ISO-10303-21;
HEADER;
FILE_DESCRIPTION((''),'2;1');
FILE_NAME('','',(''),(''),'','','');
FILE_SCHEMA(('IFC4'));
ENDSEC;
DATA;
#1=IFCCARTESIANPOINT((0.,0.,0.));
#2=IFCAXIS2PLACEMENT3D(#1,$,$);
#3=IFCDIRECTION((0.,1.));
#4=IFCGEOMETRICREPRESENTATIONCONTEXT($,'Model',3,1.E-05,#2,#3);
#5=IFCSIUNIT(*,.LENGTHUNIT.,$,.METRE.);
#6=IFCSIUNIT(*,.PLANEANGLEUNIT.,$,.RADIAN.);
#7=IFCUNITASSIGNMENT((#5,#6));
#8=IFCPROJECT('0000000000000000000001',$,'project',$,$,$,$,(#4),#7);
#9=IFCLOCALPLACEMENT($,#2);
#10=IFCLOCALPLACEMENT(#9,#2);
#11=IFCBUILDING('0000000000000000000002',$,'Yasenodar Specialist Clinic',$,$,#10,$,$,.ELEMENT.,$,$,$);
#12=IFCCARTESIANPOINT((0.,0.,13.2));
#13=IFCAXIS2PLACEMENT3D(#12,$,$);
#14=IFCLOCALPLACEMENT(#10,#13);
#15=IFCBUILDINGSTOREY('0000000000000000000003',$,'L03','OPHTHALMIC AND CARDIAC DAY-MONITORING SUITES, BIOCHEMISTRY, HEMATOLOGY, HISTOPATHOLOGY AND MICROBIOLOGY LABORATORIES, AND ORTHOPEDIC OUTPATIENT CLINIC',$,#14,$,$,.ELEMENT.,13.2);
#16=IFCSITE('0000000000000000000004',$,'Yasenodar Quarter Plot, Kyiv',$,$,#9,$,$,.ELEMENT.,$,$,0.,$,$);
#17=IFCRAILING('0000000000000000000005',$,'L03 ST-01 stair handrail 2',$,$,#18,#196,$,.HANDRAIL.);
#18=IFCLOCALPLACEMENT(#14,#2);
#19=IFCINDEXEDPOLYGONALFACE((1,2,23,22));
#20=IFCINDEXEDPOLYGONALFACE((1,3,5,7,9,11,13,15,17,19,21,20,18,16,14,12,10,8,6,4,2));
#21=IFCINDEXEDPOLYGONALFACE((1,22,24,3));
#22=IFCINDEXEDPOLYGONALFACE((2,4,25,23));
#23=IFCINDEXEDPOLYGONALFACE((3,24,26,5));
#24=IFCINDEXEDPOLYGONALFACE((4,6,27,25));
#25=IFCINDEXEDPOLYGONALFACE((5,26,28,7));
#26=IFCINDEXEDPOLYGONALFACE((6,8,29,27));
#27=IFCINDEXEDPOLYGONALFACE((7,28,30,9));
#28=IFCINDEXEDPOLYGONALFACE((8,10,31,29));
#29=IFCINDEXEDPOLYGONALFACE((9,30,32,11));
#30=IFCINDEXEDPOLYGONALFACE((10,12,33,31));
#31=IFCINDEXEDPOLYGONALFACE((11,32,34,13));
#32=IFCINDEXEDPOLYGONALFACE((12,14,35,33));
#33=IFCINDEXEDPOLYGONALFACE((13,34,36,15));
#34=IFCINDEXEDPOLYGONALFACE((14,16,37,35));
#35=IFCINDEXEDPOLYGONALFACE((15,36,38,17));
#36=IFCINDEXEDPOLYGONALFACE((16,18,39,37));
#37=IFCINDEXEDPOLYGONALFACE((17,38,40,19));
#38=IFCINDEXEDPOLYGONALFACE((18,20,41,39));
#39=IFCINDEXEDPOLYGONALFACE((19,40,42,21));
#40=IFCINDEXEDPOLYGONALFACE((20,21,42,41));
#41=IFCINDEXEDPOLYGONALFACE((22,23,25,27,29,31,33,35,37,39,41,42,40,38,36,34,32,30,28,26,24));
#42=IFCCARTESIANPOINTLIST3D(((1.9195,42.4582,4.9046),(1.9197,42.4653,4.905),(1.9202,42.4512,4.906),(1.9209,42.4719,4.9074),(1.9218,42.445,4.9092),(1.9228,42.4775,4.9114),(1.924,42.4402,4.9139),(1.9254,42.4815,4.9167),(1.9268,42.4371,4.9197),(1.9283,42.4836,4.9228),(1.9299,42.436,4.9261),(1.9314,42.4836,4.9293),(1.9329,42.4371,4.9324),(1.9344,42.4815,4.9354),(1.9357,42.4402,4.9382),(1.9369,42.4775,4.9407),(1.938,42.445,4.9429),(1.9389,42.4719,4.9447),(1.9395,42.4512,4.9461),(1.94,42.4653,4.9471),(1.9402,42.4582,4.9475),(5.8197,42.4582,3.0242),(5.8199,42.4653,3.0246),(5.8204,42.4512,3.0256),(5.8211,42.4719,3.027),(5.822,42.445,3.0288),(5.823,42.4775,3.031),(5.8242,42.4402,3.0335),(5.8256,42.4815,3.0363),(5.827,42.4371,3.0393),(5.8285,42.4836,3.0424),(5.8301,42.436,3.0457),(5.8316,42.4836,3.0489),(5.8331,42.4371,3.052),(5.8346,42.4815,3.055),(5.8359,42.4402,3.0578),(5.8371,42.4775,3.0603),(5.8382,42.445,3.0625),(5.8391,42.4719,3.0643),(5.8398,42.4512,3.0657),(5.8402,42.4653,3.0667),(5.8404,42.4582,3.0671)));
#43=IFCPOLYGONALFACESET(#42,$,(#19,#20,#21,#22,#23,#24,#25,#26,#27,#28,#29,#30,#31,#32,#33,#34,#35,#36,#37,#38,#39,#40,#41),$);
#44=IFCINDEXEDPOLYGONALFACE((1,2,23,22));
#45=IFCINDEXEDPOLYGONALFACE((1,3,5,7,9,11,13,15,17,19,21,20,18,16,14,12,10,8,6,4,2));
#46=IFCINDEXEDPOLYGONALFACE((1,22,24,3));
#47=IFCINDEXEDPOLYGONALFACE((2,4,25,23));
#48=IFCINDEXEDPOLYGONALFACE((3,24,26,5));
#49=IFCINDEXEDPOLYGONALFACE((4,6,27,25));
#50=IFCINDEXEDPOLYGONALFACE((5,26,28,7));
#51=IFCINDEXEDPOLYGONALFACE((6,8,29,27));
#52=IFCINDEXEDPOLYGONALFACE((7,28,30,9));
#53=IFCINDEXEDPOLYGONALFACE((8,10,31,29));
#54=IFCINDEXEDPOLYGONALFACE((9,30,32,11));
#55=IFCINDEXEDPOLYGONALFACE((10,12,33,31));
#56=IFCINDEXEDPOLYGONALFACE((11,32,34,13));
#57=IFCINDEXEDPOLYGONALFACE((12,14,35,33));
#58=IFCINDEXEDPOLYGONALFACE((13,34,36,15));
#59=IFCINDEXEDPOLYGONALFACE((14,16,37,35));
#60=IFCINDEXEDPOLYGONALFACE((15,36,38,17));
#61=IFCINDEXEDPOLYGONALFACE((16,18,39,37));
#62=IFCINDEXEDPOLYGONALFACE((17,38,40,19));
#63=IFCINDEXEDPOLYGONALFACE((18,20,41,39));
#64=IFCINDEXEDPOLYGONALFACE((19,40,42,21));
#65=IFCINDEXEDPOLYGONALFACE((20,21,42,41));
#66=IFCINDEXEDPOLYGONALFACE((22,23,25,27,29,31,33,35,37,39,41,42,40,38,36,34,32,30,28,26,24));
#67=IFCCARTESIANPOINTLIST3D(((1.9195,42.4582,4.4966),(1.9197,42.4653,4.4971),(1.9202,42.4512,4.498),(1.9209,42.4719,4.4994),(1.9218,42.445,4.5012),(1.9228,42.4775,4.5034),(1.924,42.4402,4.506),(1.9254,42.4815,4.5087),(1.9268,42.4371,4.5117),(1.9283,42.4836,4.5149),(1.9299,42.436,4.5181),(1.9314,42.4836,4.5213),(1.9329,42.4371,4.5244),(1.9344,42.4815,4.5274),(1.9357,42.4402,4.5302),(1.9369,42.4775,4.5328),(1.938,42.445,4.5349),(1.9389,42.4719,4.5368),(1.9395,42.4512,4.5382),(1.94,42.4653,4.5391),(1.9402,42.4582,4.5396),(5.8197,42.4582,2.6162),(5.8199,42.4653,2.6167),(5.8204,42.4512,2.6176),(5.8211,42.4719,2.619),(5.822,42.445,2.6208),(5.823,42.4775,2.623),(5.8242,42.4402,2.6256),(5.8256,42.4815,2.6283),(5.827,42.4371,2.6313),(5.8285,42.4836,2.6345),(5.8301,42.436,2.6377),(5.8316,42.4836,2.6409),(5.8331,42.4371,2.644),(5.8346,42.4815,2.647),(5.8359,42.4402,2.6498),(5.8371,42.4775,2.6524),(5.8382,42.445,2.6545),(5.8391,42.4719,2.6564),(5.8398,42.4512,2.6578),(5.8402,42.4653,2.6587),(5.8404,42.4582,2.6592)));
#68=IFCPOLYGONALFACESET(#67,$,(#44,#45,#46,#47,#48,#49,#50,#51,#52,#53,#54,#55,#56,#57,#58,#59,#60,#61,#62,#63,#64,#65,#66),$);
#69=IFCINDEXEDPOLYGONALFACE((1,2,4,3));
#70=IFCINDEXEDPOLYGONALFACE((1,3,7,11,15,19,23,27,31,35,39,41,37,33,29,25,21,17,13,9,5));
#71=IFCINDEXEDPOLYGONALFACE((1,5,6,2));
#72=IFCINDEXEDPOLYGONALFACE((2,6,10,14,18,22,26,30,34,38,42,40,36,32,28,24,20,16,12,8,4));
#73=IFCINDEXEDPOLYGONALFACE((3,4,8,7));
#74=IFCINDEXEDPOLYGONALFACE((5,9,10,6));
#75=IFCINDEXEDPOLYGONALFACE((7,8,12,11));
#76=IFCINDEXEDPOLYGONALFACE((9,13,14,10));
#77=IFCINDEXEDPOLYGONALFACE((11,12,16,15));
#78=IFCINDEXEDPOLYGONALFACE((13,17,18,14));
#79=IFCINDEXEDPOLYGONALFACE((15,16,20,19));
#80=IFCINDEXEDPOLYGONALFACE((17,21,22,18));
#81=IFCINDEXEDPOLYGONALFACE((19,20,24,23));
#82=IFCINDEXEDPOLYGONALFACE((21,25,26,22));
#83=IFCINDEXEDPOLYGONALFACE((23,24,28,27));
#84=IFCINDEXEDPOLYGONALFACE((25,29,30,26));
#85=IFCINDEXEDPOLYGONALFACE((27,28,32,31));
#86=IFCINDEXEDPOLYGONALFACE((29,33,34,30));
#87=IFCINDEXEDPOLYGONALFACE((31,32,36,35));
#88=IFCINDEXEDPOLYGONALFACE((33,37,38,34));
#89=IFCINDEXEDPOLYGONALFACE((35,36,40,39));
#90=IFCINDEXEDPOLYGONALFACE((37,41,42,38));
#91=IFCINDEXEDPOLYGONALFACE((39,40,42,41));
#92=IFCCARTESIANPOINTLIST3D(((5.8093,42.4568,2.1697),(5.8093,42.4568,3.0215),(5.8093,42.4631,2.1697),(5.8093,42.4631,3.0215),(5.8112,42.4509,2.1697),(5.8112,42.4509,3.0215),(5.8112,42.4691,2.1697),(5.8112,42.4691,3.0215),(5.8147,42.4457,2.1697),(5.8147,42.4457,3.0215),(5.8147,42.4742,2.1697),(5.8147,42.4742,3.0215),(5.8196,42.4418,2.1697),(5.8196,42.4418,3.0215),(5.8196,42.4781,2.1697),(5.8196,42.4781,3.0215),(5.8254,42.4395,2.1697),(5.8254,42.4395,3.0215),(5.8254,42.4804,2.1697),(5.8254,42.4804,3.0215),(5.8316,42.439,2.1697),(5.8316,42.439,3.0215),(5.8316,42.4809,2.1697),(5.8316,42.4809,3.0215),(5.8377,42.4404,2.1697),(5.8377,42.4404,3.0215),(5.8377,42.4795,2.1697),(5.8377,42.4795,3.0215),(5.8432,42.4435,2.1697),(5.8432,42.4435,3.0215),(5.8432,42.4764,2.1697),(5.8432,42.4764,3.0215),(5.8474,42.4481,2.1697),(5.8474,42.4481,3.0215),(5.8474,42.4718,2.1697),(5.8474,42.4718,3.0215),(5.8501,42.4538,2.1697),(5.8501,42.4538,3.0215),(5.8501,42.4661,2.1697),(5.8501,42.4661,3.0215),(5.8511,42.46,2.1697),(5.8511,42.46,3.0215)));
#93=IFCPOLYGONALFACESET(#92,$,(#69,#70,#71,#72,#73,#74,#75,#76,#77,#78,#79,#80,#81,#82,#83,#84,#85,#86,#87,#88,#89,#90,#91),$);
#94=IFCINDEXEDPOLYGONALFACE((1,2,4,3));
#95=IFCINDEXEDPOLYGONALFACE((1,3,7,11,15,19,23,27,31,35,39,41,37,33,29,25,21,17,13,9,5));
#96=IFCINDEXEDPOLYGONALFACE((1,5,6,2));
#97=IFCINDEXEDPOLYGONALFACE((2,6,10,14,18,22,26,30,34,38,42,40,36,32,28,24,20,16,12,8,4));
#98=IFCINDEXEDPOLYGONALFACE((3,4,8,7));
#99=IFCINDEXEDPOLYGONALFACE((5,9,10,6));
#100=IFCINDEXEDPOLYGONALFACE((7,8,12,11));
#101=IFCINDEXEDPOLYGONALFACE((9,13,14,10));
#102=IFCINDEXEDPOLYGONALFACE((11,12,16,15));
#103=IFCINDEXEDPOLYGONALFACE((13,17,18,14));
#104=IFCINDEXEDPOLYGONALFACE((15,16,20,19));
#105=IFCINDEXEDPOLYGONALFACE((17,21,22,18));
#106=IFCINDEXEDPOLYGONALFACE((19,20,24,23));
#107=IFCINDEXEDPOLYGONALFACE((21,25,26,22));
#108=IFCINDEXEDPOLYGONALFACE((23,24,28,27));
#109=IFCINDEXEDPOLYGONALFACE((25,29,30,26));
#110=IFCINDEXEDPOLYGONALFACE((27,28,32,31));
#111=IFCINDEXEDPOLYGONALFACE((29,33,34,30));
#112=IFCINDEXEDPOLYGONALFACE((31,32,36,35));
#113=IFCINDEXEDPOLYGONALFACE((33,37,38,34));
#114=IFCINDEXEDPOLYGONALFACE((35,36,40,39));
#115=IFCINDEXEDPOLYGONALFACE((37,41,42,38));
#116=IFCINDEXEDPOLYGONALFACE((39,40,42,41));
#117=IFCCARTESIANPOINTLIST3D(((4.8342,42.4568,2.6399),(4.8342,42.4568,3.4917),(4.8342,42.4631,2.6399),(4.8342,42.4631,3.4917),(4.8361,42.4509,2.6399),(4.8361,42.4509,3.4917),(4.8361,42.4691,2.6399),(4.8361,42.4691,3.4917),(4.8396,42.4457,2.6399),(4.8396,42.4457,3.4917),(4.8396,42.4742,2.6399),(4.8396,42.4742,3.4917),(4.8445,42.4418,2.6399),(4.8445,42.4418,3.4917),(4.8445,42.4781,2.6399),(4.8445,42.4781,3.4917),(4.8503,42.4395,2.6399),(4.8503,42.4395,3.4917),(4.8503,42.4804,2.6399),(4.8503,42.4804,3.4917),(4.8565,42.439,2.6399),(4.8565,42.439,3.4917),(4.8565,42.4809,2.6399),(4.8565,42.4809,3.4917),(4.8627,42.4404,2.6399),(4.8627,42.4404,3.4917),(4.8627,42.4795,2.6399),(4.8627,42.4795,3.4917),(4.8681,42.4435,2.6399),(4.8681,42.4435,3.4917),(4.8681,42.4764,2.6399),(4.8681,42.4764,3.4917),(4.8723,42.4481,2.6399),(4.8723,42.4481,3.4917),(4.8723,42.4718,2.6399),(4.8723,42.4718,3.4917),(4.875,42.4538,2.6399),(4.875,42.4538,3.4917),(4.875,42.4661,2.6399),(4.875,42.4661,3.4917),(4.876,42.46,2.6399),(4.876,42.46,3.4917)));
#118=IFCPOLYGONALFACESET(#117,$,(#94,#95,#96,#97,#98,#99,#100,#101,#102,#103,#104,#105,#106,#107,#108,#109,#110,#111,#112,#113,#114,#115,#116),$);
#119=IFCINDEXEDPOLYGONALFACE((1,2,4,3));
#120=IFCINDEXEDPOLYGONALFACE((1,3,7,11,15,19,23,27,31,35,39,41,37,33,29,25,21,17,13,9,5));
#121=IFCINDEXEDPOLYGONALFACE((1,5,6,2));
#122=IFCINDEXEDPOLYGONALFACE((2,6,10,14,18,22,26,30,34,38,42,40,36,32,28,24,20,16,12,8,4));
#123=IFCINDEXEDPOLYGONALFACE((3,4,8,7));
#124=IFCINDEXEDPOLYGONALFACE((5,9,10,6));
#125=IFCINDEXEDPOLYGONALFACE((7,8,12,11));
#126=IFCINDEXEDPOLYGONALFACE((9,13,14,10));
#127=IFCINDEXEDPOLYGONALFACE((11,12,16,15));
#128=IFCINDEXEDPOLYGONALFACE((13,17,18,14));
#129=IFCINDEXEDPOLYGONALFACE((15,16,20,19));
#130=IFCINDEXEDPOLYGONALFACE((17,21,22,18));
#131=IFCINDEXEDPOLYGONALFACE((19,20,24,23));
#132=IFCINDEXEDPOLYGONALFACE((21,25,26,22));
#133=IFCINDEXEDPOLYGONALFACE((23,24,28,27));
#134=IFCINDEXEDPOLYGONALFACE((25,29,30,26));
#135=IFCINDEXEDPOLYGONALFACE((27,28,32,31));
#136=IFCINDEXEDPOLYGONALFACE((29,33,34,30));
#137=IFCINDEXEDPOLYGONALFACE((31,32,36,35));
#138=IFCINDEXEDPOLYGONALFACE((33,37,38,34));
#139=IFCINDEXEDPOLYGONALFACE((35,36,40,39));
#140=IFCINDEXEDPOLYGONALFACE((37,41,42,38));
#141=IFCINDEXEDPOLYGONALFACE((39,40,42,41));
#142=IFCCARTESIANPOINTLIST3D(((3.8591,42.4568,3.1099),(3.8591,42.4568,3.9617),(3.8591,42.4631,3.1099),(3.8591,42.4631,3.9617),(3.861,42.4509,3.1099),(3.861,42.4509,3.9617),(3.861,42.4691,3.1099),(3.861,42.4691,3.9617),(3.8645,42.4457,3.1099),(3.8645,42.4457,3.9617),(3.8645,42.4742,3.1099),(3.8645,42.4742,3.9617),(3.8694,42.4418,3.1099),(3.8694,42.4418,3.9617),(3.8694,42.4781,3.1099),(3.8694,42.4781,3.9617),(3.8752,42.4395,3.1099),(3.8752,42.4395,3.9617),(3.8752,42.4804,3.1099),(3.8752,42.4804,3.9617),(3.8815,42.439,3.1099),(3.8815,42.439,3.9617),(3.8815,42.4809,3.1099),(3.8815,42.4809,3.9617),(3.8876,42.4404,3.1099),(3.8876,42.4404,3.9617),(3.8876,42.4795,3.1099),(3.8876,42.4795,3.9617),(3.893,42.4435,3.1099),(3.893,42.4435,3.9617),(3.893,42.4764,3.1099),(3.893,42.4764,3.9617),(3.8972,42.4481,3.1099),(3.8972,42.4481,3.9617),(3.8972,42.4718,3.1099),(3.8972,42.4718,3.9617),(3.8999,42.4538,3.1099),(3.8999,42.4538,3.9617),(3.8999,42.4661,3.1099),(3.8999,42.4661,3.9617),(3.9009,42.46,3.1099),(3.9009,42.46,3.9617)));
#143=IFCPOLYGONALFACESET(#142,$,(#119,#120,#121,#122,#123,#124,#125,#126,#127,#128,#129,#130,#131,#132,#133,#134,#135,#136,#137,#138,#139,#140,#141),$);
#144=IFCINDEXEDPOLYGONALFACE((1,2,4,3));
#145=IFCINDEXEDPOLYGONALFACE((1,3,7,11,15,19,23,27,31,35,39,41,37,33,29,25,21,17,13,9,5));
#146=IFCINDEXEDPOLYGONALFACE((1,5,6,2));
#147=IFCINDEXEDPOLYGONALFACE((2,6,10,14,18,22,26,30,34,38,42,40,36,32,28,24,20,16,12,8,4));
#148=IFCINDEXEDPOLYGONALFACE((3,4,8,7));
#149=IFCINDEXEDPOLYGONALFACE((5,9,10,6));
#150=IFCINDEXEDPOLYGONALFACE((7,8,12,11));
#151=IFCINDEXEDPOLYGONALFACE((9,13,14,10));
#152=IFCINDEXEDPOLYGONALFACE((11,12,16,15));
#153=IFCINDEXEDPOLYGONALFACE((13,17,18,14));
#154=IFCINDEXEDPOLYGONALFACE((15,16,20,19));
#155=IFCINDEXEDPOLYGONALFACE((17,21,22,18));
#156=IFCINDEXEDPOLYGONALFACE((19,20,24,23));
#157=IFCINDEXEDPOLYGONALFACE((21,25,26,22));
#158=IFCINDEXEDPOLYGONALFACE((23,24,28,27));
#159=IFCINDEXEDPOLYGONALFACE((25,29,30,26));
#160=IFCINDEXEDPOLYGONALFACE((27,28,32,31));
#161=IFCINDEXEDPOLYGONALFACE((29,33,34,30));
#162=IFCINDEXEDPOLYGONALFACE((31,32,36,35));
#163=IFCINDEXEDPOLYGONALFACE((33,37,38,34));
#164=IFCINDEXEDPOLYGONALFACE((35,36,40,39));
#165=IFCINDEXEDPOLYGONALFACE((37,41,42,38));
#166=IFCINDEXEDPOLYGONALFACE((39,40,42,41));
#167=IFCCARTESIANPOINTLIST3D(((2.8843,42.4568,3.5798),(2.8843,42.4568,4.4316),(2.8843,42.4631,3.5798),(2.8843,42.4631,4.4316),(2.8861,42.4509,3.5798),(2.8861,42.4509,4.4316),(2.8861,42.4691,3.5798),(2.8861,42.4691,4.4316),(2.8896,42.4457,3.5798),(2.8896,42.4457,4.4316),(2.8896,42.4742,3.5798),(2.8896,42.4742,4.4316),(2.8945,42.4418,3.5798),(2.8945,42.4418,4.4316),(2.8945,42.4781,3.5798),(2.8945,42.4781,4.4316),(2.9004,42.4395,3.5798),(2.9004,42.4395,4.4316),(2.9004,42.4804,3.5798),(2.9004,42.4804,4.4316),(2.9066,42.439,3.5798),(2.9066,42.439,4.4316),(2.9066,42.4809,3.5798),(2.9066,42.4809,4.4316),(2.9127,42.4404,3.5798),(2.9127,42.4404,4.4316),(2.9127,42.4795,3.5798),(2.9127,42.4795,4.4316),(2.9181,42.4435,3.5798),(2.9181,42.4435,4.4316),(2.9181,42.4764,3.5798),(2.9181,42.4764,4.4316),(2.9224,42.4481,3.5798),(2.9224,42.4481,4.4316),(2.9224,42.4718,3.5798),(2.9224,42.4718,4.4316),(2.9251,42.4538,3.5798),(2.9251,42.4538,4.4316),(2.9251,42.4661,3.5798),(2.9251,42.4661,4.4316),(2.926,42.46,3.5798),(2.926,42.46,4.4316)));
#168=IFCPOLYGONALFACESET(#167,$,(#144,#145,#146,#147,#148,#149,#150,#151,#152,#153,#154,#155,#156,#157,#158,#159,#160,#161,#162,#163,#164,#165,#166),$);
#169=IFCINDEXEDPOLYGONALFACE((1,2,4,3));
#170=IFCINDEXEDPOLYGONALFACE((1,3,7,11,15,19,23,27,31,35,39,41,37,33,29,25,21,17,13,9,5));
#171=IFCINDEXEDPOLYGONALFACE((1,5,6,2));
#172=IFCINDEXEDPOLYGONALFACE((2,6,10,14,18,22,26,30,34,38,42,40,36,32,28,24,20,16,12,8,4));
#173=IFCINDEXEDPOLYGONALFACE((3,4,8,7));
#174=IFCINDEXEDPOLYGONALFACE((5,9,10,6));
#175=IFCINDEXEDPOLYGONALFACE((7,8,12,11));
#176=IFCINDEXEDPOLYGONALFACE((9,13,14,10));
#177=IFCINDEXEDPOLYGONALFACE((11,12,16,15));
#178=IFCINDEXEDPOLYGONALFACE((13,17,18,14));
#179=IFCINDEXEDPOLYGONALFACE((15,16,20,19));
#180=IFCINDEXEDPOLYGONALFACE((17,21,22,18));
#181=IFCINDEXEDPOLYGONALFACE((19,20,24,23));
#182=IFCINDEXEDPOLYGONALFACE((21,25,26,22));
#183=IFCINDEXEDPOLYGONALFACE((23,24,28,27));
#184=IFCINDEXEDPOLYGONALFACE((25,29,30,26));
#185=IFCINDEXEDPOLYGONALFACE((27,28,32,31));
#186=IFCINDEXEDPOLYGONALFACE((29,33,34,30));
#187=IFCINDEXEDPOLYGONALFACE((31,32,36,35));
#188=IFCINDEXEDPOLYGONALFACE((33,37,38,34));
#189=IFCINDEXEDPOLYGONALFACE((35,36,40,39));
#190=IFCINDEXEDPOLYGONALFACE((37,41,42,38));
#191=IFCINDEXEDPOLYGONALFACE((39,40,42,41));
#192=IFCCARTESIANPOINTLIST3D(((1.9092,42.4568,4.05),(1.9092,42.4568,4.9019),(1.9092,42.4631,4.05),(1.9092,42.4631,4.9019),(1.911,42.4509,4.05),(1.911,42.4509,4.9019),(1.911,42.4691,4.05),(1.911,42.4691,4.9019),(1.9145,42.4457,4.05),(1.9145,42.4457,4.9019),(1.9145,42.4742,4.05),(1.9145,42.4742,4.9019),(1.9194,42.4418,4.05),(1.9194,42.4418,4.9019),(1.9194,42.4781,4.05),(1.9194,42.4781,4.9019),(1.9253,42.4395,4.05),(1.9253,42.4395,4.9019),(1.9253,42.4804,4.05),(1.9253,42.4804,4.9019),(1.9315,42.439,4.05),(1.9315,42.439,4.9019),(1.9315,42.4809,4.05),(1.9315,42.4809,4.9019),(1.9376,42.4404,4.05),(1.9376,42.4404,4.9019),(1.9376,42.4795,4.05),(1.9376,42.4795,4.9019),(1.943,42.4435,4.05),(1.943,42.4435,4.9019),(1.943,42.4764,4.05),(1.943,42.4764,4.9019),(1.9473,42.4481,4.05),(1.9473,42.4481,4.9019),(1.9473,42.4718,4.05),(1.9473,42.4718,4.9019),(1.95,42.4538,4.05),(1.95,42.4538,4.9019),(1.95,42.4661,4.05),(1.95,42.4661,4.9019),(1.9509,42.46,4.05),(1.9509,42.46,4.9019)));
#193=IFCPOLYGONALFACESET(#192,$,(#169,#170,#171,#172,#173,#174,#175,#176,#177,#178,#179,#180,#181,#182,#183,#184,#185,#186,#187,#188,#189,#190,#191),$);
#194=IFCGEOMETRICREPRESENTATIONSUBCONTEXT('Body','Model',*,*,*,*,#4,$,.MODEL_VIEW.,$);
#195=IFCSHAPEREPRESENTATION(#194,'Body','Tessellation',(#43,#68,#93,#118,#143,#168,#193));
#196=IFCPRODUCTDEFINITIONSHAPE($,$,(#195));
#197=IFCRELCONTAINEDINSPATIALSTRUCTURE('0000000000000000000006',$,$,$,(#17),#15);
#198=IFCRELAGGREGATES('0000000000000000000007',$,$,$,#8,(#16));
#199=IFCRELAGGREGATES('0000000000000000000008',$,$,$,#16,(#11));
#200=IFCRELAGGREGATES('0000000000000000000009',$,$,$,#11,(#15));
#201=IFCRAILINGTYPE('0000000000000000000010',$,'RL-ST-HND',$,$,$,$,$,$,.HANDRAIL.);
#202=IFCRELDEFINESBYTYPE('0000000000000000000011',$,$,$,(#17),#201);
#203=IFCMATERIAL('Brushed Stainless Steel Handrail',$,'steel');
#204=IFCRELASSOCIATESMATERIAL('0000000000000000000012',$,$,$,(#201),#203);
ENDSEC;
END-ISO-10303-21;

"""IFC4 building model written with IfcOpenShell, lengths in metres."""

from ifc_helpers import new_model, si_unit, direction, frame, origin, origin_2d, place, context, subcontext, project, spatial, circle, extrude, material, type_object, element, save


model = new_model("IFC4")

# Units and contexts
model_context = context("Model", 3, precision=1e-05, world=origin(), true_north=direction((0.0, 1.0)))
body_context = subcontext(model_context, "Body", "Model", "MODEL_VIEW")
ifc_project = project(units=[si_unit("LENGTHUNIT", "METRE"), si_unit("PLANEANGLEUNIT", "RADIAN")], contexts=[model_context])

# Site, building, storey
site_placement = place(None, origin())
site = spatial("IfcSite", under=ifc_project, at=site_placement, Name="Yasenodar Quarter Plot, Kyiv", CompositionType="ELEMENT", RefElevation=0.0)
building_placement = place(site_placement, origin())
building = spatial("IfcBuilding", under=site, at=building_placement, Name="Yasenodar Specialist Clinic", CompositionType="ELEMENT")
storey_placement = place(building_placement, frame((0.0, 0.0, 13.2)))
storey = spatial("IfcBuildingStorey", under=building, at=storey_placement, Name="L03", Description="OPHTHALMIC AND CARDIAC DAY-MONITORING SUITES, BIOCHEMISTRY, HEMATOLOGY, HISTOPATHOLOGY AND MICROBIOLOGY LABORATORIES, AND ORTHOPEDIC OUTPATIENT CLINIC", CompositionType="ELEMENT", Elevation=13.2)

# Railing
ifc_material_1 = material(Name="Brushed Stainless Steel Handrail", Category="steel")
railing_type_1 = type_object("IfcRailingType", Name="RL-ST-HND", PredefinedType="HANDRAIL", material=ifc_material_1)
railing_1_placement = place(storey_placement, frame((5.8301, 42.46, 2.1697)))
element("IfcRailing", 1, at=railing_1_placement, inside=storey, type_object=railing_type_1, Name="L03 ST-01 stair handrail 2", PredefinedType="HANDRAIL", context=body_context, shape_type="SweptSolid", body=[
    extrude(circle(Radius=0.0239, at=origin_2d()), frame((0.0, 0.0, 0.876), z_axis=(-0.900774, 0.0, 0.434289), x_axis=(0.0, -1.0, 0.0)), (0.0, 0.0, 1.0), 4.3298),
    extrude(circle(Radius=0.0239, at=origin_2d()), frame((0.0, 0.0, 0.468), z_axis=(-0.900774, 0.0, 0.434289), x_axis=(0.0, -1.0, 0.0)), (0.0, 0.0, 1.0), 4.3298),
    extrude(circle(Radius=0.021, at=origin_2d()), origin(), (0.0, 0.0, 1.0), 0.8518),
    extrude(circle(Radius=0.021, at=origin_2d()), frame((-0.9751, 0.0, 0.4702)), (0.0, 0.0, 1.0), 0.8518),
    extrude(circle(Radius=0.021, at=origin_2d()), frame((-1.9502, 0.0, 0.9402)), (0.0, 0.0, 1.0), 0.8518),
    extrude(circle(Radius=0.021, at=origin_2d()), frame((-2.925, 0.0, 1.4102)), (0.0, 0.0, 1.0), 0.8518),
    extrude(circle(Radius=0.021, at=origin_2d()), frame((-3.9001, 0.0, 1.8804)), (0.0, 0.0, 1.0), 0.8518),
])

save(model, "model.ifc")
